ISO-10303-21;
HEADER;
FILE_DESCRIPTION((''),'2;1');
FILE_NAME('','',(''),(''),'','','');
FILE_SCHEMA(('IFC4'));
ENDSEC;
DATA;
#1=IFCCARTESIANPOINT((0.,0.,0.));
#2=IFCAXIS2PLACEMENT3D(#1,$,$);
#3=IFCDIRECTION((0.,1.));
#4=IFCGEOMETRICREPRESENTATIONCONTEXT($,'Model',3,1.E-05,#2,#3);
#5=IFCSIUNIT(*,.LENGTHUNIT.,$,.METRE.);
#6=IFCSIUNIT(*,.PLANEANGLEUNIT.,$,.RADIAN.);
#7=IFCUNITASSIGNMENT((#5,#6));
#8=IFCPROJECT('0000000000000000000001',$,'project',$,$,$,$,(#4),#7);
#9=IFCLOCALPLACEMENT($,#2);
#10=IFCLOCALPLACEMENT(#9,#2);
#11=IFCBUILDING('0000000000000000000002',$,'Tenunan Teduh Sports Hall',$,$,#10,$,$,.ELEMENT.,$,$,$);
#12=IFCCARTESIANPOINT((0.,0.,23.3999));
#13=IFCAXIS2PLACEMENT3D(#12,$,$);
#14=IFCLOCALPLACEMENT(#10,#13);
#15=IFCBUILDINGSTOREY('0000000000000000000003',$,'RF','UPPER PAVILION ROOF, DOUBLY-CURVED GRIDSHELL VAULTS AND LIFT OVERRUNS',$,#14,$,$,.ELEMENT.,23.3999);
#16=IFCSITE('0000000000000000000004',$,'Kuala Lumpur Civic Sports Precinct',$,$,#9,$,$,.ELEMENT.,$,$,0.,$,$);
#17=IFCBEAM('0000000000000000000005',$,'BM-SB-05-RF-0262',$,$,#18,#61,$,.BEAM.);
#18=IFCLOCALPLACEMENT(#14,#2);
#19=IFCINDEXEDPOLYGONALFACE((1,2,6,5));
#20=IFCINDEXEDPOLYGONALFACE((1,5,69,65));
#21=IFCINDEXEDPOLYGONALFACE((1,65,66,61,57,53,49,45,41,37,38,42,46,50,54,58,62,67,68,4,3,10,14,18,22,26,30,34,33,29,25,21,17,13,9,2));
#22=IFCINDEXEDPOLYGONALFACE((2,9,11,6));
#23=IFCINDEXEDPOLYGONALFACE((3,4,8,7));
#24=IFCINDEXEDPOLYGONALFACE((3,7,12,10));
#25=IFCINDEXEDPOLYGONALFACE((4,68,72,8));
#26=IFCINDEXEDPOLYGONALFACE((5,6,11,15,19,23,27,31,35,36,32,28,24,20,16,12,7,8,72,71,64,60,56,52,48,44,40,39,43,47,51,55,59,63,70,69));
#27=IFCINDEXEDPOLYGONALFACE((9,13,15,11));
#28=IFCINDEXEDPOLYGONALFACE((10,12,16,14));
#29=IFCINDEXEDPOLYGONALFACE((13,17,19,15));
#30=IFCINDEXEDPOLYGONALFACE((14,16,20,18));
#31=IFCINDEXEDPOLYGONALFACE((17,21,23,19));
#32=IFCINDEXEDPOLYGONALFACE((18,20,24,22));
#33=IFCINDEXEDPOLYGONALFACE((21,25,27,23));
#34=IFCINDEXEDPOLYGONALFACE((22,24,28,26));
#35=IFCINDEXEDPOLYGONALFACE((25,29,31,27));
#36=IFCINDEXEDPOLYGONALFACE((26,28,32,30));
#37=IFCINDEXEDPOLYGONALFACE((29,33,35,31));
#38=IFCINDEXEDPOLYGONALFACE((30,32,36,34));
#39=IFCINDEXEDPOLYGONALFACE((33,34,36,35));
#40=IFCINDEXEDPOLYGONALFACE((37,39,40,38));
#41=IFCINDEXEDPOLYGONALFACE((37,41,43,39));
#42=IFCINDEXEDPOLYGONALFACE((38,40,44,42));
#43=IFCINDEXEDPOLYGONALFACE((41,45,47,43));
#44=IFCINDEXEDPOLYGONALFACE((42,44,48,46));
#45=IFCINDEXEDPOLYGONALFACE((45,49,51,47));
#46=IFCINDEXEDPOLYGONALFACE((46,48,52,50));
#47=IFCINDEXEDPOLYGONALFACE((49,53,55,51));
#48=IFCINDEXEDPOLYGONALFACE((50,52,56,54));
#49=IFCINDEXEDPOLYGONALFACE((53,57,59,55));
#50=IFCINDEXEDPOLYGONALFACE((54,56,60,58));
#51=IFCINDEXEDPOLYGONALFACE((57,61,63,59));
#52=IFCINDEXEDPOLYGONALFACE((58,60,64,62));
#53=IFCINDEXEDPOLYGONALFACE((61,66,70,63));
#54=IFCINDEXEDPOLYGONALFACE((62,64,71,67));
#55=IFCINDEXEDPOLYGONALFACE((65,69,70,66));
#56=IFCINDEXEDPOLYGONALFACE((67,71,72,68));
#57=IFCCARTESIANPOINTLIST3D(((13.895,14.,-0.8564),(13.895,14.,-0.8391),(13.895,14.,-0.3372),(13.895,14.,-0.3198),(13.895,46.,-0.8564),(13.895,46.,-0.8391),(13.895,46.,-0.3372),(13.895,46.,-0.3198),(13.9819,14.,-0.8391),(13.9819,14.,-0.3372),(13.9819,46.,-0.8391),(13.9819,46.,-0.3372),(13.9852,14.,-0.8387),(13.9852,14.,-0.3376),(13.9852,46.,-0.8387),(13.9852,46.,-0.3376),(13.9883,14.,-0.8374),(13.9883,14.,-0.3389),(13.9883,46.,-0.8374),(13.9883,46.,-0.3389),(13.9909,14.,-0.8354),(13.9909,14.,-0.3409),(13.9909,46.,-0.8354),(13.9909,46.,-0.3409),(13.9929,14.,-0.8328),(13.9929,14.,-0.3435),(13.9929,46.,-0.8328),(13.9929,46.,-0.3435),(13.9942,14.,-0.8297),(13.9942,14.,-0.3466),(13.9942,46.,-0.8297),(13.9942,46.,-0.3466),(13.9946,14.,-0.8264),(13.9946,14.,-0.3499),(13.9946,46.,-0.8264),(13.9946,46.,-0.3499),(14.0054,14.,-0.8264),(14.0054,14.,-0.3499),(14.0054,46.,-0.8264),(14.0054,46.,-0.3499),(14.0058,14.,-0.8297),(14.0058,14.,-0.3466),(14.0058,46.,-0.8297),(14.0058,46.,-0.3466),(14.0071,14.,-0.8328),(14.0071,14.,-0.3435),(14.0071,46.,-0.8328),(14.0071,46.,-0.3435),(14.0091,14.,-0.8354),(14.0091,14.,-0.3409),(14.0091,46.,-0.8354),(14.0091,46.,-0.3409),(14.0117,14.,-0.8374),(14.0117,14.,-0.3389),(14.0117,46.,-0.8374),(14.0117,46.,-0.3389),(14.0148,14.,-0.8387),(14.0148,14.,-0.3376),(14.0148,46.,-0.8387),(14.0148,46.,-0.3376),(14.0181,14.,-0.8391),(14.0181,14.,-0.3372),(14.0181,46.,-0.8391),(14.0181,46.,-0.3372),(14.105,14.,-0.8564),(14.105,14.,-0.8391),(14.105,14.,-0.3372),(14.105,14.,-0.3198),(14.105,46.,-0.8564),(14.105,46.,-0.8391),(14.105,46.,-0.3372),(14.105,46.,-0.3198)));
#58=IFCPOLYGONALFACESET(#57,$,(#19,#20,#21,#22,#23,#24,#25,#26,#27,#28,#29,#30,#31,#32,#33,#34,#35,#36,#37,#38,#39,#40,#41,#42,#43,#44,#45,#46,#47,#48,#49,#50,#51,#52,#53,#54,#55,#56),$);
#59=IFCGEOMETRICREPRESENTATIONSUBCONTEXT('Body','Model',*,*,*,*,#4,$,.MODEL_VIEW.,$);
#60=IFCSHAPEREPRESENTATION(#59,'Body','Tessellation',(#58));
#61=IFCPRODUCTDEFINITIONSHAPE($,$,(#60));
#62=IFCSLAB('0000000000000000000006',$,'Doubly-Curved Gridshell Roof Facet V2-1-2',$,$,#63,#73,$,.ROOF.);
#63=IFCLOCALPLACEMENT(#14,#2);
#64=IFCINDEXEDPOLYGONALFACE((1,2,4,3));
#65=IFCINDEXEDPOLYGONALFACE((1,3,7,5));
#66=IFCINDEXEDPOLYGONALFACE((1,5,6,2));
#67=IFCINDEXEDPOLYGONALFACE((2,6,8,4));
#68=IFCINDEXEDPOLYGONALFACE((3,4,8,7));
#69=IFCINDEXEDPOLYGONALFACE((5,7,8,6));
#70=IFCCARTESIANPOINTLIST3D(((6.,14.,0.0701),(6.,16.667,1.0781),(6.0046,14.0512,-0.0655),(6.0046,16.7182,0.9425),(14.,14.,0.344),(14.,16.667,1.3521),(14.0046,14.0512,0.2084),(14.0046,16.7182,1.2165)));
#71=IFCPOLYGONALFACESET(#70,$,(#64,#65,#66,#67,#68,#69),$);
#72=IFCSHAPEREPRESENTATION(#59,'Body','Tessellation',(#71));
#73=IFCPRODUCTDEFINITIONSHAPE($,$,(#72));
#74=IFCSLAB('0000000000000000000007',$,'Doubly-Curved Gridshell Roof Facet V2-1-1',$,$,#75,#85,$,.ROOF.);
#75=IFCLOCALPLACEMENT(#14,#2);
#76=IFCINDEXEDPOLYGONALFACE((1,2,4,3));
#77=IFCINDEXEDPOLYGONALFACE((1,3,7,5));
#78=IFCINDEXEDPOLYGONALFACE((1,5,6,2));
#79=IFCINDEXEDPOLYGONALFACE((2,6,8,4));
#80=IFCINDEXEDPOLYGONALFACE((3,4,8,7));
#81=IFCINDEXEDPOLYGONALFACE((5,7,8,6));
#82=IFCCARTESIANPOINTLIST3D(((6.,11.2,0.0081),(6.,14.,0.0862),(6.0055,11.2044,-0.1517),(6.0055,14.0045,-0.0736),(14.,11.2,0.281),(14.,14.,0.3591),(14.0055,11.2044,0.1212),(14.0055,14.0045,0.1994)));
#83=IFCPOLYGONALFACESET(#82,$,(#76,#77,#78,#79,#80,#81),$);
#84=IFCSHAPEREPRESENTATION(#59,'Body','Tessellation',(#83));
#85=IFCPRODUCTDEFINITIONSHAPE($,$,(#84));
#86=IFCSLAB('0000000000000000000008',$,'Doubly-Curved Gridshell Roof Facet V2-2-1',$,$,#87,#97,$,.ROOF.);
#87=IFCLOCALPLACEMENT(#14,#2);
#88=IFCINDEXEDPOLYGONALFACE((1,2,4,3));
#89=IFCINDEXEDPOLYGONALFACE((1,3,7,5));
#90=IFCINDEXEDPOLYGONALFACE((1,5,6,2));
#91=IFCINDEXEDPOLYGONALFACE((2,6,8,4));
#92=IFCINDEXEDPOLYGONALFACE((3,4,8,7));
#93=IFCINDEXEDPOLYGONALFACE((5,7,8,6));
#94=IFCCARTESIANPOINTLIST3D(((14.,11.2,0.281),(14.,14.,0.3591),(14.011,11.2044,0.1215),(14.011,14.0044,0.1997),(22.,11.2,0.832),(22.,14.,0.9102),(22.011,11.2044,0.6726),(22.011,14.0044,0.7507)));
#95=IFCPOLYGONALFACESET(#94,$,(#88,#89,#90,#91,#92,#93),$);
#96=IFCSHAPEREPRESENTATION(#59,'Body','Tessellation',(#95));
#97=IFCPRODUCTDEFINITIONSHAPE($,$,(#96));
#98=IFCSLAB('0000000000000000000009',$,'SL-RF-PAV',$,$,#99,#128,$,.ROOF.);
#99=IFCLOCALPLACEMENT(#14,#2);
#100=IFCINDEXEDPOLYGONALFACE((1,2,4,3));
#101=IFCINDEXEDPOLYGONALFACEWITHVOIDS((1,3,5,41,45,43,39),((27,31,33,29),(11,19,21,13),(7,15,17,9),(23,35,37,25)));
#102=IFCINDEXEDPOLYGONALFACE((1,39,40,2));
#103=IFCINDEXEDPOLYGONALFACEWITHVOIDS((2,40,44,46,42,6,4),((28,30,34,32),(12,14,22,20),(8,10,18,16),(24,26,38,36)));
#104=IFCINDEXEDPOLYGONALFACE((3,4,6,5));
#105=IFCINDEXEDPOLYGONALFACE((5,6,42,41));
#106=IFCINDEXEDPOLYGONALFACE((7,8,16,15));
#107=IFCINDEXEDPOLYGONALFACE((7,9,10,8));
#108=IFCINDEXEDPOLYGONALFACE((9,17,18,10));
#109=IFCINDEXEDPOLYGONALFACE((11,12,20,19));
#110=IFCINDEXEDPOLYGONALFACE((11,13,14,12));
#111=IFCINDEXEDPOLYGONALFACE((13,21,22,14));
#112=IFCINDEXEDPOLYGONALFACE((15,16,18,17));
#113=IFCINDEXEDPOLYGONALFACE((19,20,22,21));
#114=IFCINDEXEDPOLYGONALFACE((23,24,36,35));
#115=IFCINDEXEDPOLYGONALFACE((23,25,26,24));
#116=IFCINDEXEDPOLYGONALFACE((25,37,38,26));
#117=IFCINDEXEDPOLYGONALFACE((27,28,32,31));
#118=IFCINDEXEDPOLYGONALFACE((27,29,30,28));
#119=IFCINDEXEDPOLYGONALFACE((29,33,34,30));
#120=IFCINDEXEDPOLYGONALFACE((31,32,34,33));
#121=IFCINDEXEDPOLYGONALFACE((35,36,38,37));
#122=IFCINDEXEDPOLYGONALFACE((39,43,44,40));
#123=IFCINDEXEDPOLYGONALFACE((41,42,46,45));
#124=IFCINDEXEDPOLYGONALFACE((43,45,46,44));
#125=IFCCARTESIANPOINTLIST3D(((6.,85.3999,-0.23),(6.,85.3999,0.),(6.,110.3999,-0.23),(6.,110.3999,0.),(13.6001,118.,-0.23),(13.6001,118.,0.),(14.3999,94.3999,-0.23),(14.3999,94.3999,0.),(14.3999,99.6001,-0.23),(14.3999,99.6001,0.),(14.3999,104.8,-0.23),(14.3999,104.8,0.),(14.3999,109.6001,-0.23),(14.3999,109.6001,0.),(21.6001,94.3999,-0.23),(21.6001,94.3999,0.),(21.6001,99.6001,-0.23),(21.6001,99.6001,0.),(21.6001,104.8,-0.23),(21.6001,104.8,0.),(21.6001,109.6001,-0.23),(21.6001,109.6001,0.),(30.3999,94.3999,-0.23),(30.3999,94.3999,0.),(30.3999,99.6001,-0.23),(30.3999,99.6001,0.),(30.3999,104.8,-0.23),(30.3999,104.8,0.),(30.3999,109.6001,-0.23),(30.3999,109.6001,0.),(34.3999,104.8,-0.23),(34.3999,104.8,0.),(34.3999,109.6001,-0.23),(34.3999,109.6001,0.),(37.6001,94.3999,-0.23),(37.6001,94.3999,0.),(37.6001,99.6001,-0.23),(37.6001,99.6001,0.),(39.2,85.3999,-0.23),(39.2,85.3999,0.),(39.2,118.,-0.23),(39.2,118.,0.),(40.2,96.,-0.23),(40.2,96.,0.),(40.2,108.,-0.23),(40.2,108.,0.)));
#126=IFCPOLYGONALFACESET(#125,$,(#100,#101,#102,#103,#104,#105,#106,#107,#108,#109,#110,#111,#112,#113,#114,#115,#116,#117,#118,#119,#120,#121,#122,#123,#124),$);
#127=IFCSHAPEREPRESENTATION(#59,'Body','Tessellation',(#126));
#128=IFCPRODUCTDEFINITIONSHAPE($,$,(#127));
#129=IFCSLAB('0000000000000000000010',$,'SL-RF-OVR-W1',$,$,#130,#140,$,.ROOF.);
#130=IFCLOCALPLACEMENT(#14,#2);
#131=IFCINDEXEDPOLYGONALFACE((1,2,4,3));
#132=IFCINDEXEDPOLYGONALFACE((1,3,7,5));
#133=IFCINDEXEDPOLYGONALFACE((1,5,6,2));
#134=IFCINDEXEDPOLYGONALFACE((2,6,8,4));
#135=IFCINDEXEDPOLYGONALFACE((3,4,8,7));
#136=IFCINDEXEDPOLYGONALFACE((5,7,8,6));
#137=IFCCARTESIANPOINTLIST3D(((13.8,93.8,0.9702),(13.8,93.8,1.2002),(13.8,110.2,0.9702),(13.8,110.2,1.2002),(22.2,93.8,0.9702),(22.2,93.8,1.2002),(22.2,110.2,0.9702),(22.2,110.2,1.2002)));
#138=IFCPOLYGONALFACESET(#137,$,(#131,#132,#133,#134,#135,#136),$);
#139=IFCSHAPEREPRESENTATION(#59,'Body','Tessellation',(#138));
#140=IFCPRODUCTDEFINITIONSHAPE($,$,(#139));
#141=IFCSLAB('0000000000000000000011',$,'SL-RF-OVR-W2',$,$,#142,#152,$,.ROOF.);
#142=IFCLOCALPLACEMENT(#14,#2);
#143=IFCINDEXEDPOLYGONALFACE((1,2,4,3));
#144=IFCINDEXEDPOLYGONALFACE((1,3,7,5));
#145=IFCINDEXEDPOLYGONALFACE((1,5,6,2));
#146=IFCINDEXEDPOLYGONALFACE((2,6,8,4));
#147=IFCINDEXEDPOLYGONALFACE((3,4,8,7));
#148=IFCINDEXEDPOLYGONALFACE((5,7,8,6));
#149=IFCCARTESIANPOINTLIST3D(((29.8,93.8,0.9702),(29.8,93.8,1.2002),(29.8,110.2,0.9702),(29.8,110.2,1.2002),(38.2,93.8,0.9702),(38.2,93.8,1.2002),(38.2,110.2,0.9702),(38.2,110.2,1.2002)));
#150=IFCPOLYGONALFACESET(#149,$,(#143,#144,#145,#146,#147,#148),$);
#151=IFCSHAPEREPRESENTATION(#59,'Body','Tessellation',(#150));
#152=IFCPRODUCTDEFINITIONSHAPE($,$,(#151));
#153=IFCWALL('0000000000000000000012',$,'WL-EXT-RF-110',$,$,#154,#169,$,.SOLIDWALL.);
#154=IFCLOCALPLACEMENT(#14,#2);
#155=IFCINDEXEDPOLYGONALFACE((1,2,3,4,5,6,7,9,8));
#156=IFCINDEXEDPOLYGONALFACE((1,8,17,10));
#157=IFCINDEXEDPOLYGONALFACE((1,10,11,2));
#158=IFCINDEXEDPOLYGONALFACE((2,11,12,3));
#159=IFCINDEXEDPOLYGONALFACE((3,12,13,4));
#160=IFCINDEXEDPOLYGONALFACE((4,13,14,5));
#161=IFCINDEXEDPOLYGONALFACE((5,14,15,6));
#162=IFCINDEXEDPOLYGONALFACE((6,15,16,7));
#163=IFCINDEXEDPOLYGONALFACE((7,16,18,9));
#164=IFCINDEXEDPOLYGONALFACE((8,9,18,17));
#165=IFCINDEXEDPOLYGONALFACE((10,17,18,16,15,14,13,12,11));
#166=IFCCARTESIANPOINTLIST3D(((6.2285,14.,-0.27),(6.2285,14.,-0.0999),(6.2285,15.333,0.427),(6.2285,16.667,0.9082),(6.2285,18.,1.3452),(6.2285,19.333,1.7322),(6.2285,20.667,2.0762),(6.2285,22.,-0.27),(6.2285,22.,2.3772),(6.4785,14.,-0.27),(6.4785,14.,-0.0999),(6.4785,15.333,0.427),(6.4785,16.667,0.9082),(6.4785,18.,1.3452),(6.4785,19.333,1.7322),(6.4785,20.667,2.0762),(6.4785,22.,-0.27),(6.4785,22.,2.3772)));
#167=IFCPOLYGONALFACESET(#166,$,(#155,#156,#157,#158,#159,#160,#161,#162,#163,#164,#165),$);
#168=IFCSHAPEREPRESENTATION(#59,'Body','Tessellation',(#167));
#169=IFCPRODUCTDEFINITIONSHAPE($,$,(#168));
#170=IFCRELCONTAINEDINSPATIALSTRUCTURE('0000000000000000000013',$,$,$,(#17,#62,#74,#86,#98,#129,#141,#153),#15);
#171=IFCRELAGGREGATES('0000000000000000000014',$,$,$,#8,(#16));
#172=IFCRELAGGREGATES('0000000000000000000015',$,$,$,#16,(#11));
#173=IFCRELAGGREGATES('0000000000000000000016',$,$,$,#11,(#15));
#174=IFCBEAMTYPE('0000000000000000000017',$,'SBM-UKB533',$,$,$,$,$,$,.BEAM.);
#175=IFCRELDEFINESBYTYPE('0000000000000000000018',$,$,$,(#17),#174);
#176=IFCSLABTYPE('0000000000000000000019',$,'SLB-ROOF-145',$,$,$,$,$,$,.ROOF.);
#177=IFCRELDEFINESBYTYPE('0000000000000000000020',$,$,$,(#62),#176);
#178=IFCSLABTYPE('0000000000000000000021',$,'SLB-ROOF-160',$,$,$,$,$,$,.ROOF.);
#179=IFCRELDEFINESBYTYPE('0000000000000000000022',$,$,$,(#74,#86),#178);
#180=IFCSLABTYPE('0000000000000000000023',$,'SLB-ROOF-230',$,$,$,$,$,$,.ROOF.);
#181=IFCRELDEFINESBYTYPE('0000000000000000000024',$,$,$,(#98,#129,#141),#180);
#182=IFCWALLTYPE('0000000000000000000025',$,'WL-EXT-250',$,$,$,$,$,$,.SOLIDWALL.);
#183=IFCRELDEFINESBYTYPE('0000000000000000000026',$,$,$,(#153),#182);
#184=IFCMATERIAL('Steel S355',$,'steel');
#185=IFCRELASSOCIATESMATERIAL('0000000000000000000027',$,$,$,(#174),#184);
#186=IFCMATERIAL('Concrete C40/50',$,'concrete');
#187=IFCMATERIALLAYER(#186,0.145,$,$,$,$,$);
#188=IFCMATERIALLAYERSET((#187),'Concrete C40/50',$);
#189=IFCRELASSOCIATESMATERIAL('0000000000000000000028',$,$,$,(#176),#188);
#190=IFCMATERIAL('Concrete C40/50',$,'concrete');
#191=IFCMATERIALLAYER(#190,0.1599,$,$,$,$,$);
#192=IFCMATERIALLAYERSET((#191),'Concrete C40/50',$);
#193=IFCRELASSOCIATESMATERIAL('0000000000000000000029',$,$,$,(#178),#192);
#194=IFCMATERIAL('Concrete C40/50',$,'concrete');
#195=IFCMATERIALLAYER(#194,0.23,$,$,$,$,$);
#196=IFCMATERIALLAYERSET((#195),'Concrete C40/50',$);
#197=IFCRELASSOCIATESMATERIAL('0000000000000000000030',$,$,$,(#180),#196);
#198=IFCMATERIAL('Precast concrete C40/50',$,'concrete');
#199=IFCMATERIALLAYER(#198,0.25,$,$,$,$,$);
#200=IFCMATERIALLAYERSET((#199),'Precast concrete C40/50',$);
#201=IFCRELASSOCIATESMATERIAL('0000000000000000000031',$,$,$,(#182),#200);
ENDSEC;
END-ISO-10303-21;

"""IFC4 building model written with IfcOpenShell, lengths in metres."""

from ifc_helpers import new_model, si_unit, direction, frame, origin, origin_2d, place, context, subcontext, project, spatial, polyline, i_section, outline, extrude, material, layer, layer_set, material_profile, profile_set, type_object, element, save


model = new_model("IFC4")

# Units and contexts
model_context = context("Model", 3, precision=1e-05, world=origin(), true_north=direction((0.0, 1.0)))
body_context = subcontext(model_context, "Body", "Model", "MODEL_VIEW")
ifc_project = project(units=[si_unit("LENGTHUNIT", "METRE"), si_unit("PLANEANGLEUNIT", "RADIAN")], contexts=[model_context])

# Site, building, storey
site_placement = place(None, origin())
site = spatial("IfcSite", under=ifc_project, at=site_placement, Name="Kuala Lumpur Civic Sports Precinct", CompositionType="ELEMENT", RefElevation=0.0)
building_placement = place(site_placement, origin())
building = spatial("IfcBuilding", under=site, at=building_placement, Name="Tenunan Teduh Sports Hall", CompositionType="ELEMENT")
storey_placement = place(building_placement, frame((0.0, 0.0, 23.3999)))
storey = spatial("IfcBuildingStorey", under=building, at=storey_placement, Name="RF", Description="UPPER PAVILION ROOF, DOUBLY-CURVED GRIDSHELL VAULTS AND LIFT OVERRUNS", CompositionType="ELEMENT", Elevation=23.3999)

# Beam
ifc_material_1 = material(Name="Steel S355", Category="steel")
ifc_material_profile_1 = material_profile(ifc_material_1, i_section(OverallWidth=0.21, OverallDepth=0.5366, WebThickness=0.0107, FlangeThickness=0.0173, FilletRadius=0.0127, at=origin_2d()), Name="UKB 533x210x101")
ifc_profile_set_1 = profile_set([ifc_material_profile_1], Name="Steel S355")
beam_type_1 = type_object("IfcBeamType", Name="SBM-UKB533", PredefinedType="BEAM", material=ifc_profile_set_1)
beam_1_placement = place(storey_placement, frame((14.0, 14.0, -0.5881), z_axis=(0.0, 1.0, 0.0), x_axis=(-1.0, 0.0, 0.0)))
element("IfcBeam", 1, at=beam_1_placement, inside=storey, type_object=beam_type_1, Name="BM-SB-05-RF-0262", PredefinedType="BEAM", context=body_context, shape_type="SweptSolid", body=[
    extrude(i_section(OverallWidth=0.21, OverallDepth=0.5366, WebThickness=0.0107, FlangeThickness=0.0173, FilletRadius=0.0127, at=origin_2d()), origin(), (0.0, 0.0, 1.0), 32.0),
])

# Slabs
ifc_material_2 = material(Name="Concrete C40/50", Category="concrete")
ifc_layer_1 = layer(ifc_material_2, 0.145)
ifc_layer_set_1 = layer_set([ifc_layer_1], Name="Concrete C40/50")
slab_type_1 = type_object("IfcSlabType", Name="SLB-ROOF-145", PredefinedType="ROOF", material=ifc_layer_set_1)
slab_1_placement = place(storey_placement, frame((6.0, 14.0, 0.0701), z_axis=(-0.032013, -0.353381, 0.934932), x_axis=(0.999414, 0.0, 0.034221)))
element("IfcSlab", 2, at=slab_1_placement, inside=storey, type_object=slab_type_1, Name="Doubly-Curved Gridshell Roof Facet V2-1-2", PredefinedType="ROOF", context=body_context, shape_type="SweptSolid", body=[
    extrude(outline(polyline([(0.0, 0.0), (8.0047, 0.0), (8.0392, 2.8509), (0.0345, 2.8509), (0.0, 0.0)])), origin(), (0.0, 0.0, -1.0), 0.145),
])
ifc_material_3 = material(Name="Concrete C40/50", Category="concrete")
ifc_layer_2 = layer(ifc_material_3, 0.1599)
ifc_layer_set_2 = layer_set([ifc_layer_2], Name="Concrete C40/50")
slab_type_2 = type_object("IfcSlabType", Name="SLB-ROOF-160", PredefinedType="ROOF", material=ifc_layer_set_2)
slab_2_placement = place(storey_placement, frame((6.0, 11.2, 0.0081), z_axis=(-0.034086, -0.027874, 0.99903), x_axis=(0.999418, 0.0, 0.034099)))
element("IfcSlab", 3, at=slab_2_placement, inside=storey, type_object=slab_type_2, Name="Doubly-Curved Gridshell Roof Facet V2-1-1", PredefinedType="ROOF", context=body_context, shape_type="SweptSolid", body=[
    extrude(outline(polyline([(0.0, 0.0), (8.0047, 0.0), (8.0073, 2.8011), (0.0027, 2.8011), (0.0, 0.0)])), origin(), (0.0, 0.0, -1.0), 0.1599),
])
slab_3_placement = place(storey_placement, frame((14.0, 11.2, 0.281), z_axis=(-0.068689, -0.027825, 0.99725), x_axis=(0.997636, 0.0, 0.068715)))
element("IfcSlab", 4, at=slab_3_placement, inside=storey, type_object=slab_type_2, Name="Doubly-Curved Gridshell Roof Facet V2-2-1", PredefinedType="ROOF", context=body_context, shape_type="SweptSolid", body=[
    extrude(outline(polyline([(0.0, 0.0), (8.019, 0.0), (8.0243, 2.8011), (0.0054, 2.8011), (0.0, 0.0)])), origin(), (0.0, 0.0, -1.0), 0.1599),
])
ifc_material_4 = material(Name="Concrete C40/50", Category="concrete")
ifc_layer_3 = layer(ifc_material_4, 0.23)
ifc_layer_set_3 = layer_set([ifc_layer_3], Name="Concrete C40/50")
slab_type_3 = type_object("IfcSlabType", Name="SLB-ROOF-230", PredefinedType="ROOF", material=ifc_layer_set_3)
slab_4_placement = place(storey_placement, frame((0.0, 0.0, -0.23)))
element("IfcSlab", 5, at=slab_4_placement, inside=storey, type_object=slab_type_3, Name="SL-RF-PAV", PredefinedType="ROOF", context=body_context, shape_type="SweptSolid", body=[
    extrude(outline(polyline([(6.0, 85.3999), (39.2, 85.3999), (40.2, 96.0), (40.2, 108.0), (39.2, 118.0), (13.6001, 118.0), (6.0, 110.3999), (6.0, 85.3999)]), holes=[polyline([(14.3999, 94.3999), (21.6001, 94.3999), (21.6001, 99.6001), (14.3999, 99.6001), (14.3999, 94.3999)]), polyline([(14.3999, 104.8), (21.6001, 104.8), (21.6001, 109.6001), (14.3999, 109.6001), (14.3999, 104.8)]), polyline([(30.3999, 94.3999), (37.6001, 94.3999), (37.6001, 99.6001), (30.3999, 99.6001), (30.3999, 94.3999)]), polyline([(30.3999, 104.8), (34.3999, 104.8), (34.3999, 109.6001), (30.3999, 109.6001), (30.3999, 104.8)])]), origin(), (0.0, 0.0, 1.0), 0.23),
])
slab_5_placement = place(storey_placement, frame((0.0, 0.0, 0.9702)))
element("IfcSlab", 6, at=slab_5_placement, inside=storey, type_object=slab_type_3, Name="SL-RF-OVR-W1", PredefinedType="ROOF", context=body_context, shape_type="SweptSolid", body=[
    extrude(outline(polyline([(13.8, 93.8), (22.2, 93.8), (22.2, 110.2), (13.8, 110.2), (13.8, 93.8)])), origin(), (0.0, 0.0, 1.0), 0.23),
])
slab_6_placement = place(storey_placement, frame((0.0, 0.0, 0.9702)))
element("IfcSlab", 7, at=slab_6_placement, inside=storey, type_object=slab_type_3, Name="SL-RF-OVR-W2", PredefinedType="ROOF", context=body_context, shape_type="SweptSolid", body=[
    extrude(outline(polyline([(29.8, 93.8), (38.2, 93.8), (38.2, 110.2), (29.8, 110.2), (29.8, 93.8)])), origin(), (0.0, 0.0, 1.0), 0.23),
])

# Wall
ifc_material_5 = material(Name="Precast concrete C40/50", Category="concrete")
ifc_layer_4 = layer(ifc_material_5, 0.25)
ifc_layer_set_4 = layer_set([ifc_layer_4], Name="Precast concrete C40/50")
wall_type = type_object("IfcWallType", Name="WL-EXT-250", PredefinedType="SOLIDWALL", material=ifc_layer_set_4)
wall_placement = place(storey_placement, frame((6.3535, 14.0, -0.27), z_axis=(0.0, 0.0, 1.0), x_axis=(0.0, 1.0, 0.0)))
element("IfcWall", 8, at=wall_placement, inside=storey, type_object=wall_type, Name="WL-EXT-RF-110", PredefinedType="SOLIDWALL", context=body_context, shape_type="SweptSolid", body=[
    extrude(outline(polyline([(0.0, 0.0), (8.0, 0.0), (8.0, 2.6472), (6.667, 2.3462), (5.333, 2.0022), (4.0, 1.6152), (2.667, 1.1782), (1.333, 0.697), (0.0, 0.1702), (0.0, 0.0)])), frame((0.0, 0.125, 0.0), z_axis=(0.0, -1.0, 0.0), x_axis=(1.0, 0.0, 0.0)), (0.0, 0.0, 1.0), 0.25),
])

save(model, "model.ifc")
